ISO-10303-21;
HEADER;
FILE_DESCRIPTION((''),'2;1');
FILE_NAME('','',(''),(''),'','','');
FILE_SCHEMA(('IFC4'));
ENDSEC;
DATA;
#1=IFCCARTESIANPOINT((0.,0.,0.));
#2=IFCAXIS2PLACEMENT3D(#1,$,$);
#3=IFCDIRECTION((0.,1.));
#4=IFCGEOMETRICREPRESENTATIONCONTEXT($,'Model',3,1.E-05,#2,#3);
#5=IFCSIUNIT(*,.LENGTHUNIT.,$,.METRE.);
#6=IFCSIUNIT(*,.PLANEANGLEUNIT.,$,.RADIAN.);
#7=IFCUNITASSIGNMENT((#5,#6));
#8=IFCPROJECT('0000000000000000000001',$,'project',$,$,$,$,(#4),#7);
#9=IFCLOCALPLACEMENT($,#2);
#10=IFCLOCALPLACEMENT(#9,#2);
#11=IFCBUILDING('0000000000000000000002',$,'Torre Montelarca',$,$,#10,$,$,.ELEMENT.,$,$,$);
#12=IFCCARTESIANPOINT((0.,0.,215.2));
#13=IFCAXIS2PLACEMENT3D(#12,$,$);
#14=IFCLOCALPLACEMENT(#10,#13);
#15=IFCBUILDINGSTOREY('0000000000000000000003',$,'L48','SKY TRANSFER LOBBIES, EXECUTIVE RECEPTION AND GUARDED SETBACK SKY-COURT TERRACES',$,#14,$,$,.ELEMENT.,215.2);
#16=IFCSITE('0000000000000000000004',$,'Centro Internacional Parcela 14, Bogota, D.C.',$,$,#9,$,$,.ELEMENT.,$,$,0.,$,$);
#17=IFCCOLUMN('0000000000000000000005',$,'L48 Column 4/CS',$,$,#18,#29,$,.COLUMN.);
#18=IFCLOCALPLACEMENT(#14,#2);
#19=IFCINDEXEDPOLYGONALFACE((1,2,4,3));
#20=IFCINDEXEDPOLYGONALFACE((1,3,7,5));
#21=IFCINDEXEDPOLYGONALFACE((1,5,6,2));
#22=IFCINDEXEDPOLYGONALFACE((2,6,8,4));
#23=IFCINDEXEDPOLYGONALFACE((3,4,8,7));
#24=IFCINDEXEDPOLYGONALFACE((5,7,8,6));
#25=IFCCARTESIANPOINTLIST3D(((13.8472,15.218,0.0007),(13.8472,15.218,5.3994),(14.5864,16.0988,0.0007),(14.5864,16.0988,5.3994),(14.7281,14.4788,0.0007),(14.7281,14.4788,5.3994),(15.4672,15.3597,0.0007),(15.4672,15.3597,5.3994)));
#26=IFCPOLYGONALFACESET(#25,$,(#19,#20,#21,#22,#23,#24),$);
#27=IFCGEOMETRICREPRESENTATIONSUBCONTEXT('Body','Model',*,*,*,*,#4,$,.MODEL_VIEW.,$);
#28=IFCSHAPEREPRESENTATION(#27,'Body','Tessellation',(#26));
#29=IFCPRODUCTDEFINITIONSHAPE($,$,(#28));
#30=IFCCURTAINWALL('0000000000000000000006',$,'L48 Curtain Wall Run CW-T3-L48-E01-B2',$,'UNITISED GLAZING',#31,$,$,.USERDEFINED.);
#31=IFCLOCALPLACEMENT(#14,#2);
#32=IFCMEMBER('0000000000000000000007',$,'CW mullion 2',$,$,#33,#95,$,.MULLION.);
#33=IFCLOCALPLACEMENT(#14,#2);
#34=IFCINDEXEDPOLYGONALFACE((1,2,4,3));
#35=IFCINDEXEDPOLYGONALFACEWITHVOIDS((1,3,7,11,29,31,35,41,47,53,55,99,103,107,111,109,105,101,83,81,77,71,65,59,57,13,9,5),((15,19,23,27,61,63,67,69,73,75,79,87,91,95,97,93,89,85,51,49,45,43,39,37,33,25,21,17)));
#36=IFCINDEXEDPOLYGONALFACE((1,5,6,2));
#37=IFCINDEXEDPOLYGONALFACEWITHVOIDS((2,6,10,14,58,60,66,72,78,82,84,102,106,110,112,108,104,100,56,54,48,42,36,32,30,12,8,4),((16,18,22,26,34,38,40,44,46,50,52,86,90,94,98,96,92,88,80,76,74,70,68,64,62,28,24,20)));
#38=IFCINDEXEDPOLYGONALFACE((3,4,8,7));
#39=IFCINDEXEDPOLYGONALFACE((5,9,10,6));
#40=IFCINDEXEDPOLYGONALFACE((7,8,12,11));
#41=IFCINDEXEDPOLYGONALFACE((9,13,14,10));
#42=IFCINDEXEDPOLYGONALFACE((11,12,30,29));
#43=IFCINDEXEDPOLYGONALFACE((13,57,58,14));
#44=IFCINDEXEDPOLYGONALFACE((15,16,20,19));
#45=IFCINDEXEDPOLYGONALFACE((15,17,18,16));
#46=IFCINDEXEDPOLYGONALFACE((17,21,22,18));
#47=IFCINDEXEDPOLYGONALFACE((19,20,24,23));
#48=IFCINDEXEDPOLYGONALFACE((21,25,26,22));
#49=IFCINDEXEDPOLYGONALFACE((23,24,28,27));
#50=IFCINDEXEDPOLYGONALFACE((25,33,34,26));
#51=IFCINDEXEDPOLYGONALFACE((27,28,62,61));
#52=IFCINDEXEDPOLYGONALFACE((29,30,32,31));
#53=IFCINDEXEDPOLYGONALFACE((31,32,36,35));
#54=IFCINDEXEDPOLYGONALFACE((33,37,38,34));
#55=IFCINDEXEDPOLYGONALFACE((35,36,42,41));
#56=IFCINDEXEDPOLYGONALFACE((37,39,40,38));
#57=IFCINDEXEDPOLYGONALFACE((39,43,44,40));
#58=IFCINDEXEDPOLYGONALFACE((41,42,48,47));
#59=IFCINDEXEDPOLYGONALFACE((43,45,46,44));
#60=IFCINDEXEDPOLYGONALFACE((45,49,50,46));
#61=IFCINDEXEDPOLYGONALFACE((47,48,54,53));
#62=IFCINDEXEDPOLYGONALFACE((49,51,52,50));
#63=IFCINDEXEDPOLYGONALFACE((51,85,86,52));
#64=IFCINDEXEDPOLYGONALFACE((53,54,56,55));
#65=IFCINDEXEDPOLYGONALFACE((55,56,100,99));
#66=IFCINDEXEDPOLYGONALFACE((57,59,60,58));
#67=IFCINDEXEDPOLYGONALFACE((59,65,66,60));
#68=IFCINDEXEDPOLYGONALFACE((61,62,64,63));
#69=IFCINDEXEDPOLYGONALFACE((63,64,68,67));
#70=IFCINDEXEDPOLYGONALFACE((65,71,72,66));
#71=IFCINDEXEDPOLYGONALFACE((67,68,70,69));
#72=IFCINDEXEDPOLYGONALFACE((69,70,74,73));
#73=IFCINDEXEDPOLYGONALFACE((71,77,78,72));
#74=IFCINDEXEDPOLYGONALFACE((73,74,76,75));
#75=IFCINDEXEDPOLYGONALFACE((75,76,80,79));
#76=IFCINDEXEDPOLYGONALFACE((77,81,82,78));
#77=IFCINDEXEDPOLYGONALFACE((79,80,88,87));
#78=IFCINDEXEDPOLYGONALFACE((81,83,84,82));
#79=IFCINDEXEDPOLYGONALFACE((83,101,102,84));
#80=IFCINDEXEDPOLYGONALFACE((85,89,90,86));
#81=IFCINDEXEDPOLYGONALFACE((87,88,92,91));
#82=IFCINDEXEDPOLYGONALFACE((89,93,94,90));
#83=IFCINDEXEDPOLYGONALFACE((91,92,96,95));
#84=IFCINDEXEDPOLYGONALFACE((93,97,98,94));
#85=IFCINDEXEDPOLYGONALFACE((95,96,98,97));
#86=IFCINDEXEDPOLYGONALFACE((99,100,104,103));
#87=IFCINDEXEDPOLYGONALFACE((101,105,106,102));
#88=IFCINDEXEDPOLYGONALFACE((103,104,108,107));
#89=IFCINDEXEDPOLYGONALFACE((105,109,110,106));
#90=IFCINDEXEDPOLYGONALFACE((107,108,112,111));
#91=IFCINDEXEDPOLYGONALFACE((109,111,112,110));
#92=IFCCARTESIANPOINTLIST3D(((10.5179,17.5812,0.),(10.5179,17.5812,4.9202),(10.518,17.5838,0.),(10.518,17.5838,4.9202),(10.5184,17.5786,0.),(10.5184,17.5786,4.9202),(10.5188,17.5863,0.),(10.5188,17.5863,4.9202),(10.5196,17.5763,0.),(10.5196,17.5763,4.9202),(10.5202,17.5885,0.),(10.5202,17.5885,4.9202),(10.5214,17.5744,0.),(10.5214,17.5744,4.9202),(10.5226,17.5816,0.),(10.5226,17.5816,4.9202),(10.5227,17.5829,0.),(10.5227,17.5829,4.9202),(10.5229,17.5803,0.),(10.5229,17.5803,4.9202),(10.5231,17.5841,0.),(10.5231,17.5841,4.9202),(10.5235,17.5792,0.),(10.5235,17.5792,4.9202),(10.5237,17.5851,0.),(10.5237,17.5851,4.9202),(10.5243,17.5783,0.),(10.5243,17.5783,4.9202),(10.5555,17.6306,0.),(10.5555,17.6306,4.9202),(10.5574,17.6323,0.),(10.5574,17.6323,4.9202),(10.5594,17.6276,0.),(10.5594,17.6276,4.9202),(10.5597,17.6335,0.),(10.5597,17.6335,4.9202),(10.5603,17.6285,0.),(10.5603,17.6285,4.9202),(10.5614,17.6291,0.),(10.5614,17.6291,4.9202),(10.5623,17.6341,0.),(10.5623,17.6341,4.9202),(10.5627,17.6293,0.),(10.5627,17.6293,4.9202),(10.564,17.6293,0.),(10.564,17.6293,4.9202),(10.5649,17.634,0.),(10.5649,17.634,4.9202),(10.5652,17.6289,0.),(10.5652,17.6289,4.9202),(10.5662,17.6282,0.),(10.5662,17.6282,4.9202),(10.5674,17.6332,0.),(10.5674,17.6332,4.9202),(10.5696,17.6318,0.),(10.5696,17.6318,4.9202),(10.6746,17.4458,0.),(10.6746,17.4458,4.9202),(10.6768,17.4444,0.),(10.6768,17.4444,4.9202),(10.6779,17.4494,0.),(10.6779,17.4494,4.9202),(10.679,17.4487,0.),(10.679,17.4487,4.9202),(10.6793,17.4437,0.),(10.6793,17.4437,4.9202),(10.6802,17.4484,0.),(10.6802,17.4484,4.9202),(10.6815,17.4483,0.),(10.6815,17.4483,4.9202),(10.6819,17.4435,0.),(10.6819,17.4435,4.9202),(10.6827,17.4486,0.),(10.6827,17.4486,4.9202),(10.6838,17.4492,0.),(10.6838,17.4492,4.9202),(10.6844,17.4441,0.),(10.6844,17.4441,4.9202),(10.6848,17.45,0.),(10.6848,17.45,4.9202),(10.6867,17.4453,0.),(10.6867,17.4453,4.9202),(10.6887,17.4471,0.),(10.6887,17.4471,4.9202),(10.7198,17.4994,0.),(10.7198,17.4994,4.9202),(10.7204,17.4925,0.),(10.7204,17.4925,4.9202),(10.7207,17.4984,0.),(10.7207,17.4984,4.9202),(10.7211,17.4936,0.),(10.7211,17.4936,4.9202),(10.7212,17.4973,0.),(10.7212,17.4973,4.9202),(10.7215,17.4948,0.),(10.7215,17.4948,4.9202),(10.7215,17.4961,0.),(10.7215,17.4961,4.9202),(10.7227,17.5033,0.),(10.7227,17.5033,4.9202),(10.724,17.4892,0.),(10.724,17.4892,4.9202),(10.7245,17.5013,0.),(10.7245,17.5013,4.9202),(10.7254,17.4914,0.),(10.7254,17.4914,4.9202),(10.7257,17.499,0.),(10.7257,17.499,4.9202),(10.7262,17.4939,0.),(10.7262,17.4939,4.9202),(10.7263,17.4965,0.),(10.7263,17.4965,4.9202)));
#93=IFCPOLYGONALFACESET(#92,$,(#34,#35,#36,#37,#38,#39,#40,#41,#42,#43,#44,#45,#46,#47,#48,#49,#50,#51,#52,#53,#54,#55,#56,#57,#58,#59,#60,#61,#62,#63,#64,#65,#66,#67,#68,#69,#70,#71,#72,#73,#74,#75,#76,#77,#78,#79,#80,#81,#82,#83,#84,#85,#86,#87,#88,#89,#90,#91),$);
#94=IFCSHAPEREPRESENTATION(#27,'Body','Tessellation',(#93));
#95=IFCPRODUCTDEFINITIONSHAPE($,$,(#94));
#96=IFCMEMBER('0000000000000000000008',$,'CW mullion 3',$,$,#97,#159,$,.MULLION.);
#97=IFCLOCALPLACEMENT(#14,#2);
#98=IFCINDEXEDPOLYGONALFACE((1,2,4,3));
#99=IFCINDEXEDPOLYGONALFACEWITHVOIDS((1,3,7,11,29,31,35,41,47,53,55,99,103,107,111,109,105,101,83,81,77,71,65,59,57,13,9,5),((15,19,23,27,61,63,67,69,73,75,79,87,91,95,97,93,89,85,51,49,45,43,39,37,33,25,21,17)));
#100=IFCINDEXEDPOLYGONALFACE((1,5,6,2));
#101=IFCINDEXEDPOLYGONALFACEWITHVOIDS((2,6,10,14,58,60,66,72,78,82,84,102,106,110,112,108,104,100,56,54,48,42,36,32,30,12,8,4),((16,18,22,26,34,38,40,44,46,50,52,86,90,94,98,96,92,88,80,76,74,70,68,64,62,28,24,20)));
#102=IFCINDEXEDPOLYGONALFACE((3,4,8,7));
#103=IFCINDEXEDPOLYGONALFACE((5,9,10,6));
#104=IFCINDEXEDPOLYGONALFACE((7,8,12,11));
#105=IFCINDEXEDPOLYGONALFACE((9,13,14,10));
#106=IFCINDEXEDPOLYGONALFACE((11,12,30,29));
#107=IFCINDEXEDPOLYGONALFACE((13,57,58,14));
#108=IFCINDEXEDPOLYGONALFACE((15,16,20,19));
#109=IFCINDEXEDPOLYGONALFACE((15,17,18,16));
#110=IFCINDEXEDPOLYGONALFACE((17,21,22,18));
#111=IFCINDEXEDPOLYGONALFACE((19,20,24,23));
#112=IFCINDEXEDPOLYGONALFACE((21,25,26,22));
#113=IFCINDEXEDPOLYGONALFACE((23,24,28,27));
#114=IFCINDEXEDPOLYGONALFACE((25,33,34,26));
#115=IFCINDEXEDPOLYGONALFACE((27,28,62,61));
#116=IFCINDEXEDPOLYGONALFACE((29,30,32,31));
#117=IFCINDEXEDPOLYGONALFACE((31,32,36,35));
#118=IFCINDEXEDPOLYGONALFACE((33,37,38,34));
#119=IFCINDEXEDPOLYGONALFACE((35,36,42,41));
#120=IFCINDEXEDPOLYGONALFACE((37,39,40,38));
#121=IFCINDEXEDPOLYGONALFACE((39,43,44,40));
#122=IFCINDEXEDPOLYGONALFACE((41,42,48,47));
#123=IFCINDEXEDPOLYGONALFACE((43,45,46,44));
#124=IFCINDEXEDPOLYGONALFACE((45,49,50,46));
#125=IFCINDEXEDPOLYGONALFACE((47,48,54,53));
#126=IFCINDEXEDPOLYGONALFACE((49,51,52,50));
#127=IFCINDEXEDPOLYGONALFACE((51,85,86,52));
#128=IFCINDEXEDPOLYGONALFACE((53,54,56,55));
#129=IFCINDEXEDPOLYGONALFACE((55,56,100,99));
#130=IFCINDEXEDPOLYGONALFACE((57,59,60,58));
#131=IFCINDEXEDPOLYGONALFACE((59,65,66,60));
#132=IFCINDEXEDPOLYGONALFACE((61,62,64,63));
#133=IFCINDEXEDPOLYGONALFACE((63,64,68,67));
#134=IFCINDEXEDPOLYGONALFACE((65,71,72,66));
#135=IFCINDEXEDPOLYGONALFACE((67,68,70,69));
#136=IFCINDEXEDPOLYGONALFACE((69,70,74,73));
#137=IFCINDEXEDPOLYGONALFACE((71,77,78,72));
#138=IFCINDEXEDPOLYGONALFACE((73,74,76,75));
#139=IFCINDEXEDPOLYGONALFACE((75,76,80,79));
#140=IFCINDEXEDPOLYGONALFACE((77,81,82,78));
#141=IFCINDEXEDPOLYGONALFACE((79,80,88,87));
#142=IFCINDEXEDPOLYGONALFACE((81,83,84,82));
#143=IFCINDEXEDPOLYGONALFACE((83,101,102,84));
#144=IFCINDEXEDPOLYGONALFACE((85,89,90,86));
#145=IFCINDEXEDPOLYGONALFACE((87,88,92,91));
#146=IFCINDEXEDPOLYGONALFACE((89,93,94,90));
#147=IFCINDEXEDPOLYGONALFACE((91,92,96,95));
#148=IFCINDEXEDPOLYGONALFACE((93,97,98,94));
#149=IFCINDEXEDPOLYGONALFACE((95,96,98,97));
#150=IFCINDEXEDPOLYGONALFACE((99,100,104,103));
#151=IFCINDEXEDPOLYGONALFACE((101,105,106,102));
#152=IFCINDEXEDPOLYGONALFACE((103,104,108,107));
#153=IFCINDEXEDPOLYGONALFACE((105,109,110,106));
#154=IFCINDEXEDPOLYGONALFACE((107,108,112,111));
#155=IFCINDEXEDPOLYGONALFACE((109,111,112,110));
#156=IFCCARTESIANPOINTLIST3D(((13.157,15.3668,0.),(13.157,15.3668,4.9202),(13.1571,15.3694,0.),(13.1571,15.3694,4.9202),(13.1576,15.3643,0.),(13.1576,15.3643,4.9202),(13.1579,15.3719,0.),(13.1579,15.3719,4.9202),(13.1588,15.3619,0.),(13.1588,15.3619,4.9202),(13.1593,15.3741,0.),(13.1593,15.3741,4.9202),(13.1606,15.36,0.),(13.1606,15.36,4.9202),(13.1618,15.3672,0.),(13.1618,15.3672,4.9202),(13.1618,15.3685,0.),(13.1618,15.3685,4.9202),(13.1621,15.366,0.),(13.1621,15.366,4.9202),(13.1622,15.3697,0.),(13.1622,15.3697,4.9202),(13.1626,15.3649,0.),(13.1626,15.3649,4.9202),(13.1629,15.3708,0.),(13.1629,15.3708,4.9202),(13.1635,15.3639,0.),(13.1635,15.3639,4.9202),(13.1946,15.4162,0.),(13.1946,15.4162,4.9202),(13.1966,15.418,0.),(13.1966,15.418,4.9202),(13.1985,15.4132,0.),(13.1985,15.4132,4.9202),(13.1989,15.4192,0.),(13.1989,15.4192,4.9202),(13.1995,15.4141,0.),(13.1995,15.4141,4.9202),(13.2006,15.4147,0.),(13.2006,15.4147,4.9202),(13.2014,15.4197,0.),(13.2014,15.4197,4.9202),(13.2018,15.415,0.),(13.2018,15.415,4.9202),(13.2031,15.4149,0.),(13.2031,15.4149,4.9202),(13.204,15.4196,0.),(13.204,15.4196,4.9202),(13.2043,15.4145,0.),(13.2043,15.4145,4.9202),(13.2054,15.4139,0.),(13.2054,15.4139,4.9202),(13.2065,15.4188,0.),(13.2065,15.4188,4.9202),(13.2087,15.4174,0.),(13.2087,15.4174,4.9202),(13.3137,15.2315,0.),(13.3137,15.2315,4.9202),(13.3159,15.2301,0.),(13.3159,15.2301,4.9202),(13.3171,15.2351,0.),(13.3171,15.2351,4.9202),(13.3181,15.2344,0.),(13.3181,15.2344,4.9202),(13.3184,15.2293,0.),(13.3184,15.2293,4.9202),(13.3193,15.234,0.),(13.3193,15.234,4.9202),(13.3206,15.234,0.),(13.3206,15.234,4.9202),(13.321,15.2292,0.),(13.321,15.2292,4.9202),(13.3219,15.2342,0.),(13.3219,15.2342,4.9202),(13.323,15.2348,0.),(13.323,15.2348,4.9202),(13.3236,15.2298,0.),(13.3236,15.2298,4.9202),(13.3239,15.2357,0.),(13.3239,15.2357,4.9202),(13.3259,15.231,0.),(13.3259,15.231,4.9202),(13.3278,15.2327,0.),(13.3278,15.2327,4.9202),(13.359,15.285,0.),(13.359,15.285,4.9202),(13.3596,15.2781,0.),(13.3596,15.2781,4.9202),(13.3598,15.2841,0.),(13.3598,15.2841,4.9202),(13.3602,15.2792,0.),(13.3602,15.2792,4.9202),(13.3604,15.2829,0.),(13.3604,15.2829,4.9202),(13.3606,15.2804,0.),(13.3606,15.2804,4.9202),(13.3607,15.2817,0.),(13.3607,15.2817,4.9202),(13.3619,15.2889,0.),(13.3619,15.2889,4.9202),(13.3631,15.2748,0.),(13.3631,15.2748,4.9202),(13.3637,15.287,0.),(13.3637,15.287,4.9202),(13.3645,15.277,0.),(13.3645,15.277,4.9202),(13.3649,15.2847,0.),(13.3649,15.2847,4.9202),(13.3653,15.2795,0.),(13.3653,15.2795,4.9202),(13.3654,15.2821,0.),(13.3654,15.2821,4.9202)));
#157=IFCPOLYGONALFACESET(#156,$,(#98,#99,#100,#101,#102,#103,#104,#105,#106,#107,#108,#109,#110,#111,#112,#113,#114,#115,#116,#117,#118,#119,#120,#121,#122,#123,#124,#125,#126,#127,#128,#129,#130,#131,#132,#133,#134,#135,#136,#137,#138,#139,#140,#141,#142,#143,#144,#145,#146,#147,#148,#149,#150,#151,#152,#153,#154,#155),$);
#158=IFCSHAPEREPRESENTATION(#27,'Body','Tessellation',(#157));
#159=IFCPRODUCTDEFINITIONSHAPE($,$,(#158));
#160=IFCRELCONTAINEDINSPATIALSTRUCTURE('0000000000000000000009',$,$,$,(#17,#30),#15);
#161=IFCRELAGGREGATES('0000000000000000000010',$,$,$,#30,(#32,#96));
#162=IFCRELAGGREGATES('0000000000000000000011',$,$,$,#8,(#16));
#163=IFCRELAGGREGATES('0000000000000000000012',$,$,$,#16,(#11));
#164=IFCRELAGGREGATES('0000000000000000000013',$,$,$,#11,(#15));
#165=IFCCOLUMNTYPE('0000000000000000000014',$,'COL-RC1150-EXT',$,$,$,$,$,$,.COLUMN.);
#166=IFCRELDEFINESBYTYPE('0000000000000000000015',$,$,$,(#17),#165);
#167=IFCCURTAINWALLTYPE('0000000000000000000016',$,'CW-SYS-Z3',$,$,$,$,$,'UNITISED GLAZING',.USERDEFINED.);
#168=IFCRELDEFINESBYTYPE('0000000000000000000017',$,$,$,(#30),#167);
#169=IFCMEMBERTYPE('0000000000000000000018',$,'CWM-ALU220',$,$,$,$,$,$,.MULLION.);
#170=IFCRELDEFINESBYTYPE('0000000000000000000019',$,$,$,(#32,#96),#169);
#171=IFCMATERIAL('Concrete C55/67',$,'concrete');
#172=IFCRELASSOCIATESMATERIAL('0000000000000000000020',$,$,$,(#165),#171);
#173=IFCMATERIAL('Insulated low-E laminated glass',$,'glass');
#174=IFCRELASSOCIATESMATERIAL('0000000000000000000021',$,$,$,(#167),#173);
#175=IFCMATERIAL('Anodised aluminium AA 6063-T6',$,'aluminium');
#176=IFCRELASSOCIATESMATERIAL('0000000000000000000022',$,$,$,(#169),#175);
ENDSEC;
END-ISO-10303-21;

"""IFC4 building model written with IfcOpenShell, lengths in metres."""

from ifc_helpers import new_model, si_unit, direction, frame, origin, origin_2d, place, context, subcontext, project, spatial, rectangle, hollow_rectangle, extrude, source, transform, mapped, material, material_profile, profile_set, type_object, element, aggregate, save


model = new_model("IFC4")

# Units and contexts
model_context = context("Model", 3, precision=1e-05, world=origin(), true_north=direction((0.0, 1.0)))
body_context = subcontext(model_context, "Body", "Model", "MODEL_VIEW")
ifc_project = project(units=[si_unit("LENGTHUNIT", "METRE"), si_unit("PLANEANGLEUNIT", "RADIAN")], contexts=[model_context])

# Site, building, storey
site_placement = place(None, origin())
site = spatial("IfcSite", under=ifc_project, at=site_placement, Name="Centro Internacional Parcela 14, Bogota, D.C.", CompositionType="ELEMENT", RefElevation=0.0)
building_placement = place(site_placement, origin())
building = spatial("IfcBuilding", under=site, at=building_placement, Name="Torre Montelarca", CompositionType="ELEMENT")
storey_placement = place(building_placement, frame((0.0, 0.0, 215.2)))
storey = spatial("IfcBuildingStorey", under=building, at=storey_placement, Name="L48", Description="SKY TRANSFER LOBBIES, EXECUTIVE RECEPTION AND GUARDED SETBACK SKY-COURT TERRACES", CompositionType="ELEMENT", Elevation=215.2)

# Column
ifc_material_1 = material(Name="Concrete C55/67", Category="concrete")
ifc_material_profile_1 = material_profile(ifc_material_1, rectangle(XDim=1.1499, YDim=1.1499, at=origin_2d()), Name="RC1150X1150", Category="concrete")
ifc_profile_set_1 = profile_set([ifc_material_profile_1], Name="Concrete C55/67")
column_type = type_object("IfcColumnType", Name="COL-RC1150-EXT", PredefinedType="COLUMN", material=ifc_profile_set_1)
shared_shape_1 = source(origin(), body_context, "Body", "SweptSolid", [
    extrude(rectangle(XDim=1.1499, YDim=1.1499, at=origin_2d()), origin(), (0.0, 0.0, 1.0), 5.3987),
])
column_placement = place(storey_placement, frame((14.6572, 15.2888, 0.0007), z_axis=(0.0, 0.0, 1.0), x_axis=(-0.766044, 0.642788, 0.0)))
element("IfcColumn", 1, at=column_placement, inside=storey, type_object=column_type, Name="L48 Column 4/CS", PredefinedType="COLUMN", context=body_context, shape_type="MappedRepresentation", body=[
    mapped(shared_shape_1, transform((0.0, 0.0, 0.0), scale=1.0)),
])

# Curtain wall, members
ifc_material_2 = material(Name="Insulated low-E laminated glass", Category="glass")
curtain_wall_type = type_object("IfcCurtainWallType", Name="CW-SYS-Z3", ElementType="UNITISED GLAZING", PredefinedType="USERDEFINED", material=ifc_material_2)
curtain_wall_1_placement = place(storey_placement, origin())
curtain_wall_1 = element("IfcCurtainWall", 2, at=curtain_wall_1_placement, inside=storey, type_object=curtain_wall_type, Name="L48 Curtain Wall Run CW-T3-L48-E01-B2", ObjectType="UNITISED GLAZING", PredefinedType="USERDEFINED")
ifc_material_3 = material(Name="Anodised aluminium AA 6063-T6", Category="aluminium")
ifc_material_profile_2 = material_profile(ifc_material_3, hollow_rectangle(XDim=0.075, YDim=0.22, WallThickness=0.0049, InnerFilletRadius=0.0049, OuterFilletRadius=0.01, at=origin_2d()), Name="ALU75X220X5", Category="aluminium")
ifc_profile_set_2 = profile_set([ifc_material_profile_2], Name="Anodised aluminium AA 6063-T6")
member_type_1 = type_object("IfcMemberType", Name="CWM-ALU220", PredefinedType="MULLION", material=ifc_profile_set_2)
shared_shape_2 = source(origin(), body_context, "Body", "SweptSolid", [
    extrude(hollow_rectangle(XDim=0.075, YDim=0.22, WallThickness=0.0049, InnerFilletRadius=0.0049, OuterFilletRadius=0.01, at=origin_2d()), origin(), (0.0, 0.0, 1.0), 4.9202),
])
member_1_placement = place(storey_placement, frame((10.6221, 17.5388, 0.0), z_axis=(0.0, 0.0, 1.0), x_axis=(0.642786, 0.766046, 0.0)))
member_1 = element("IfcMember", 3, at=member_1_placement, type_object=member_type_1, Name="CW mullion 2", PredefinedType="MULLION", context=body_context, shape_type="MappedRepresentation", body=[
    mapped(shared_shape_2, transform((0.0, 0.0, 0.0), scale=1.0)),
])
member_2_placement = place(storey_placement, frame((13.2612, 15.3245, 0.0), z_axis=(0.0, 0.0, 1.0), x_axis=(0.642786, 0.766046, 0.0)))
member_2 = element("IfcMember", 4, at=member_2_placement, type_object=member_type_1, Name="CW mullion 3", PredefinedType="MULLION", context=body_context, shape_type="MappedRepresentation", body=[
    mapped(shared_shape_2, transform((0.0, 0.0, 0.0), scale=1.0)),
])

aggregate(curtain_wall_1, [member_1, member_2])

save(model, "model.ifc")
